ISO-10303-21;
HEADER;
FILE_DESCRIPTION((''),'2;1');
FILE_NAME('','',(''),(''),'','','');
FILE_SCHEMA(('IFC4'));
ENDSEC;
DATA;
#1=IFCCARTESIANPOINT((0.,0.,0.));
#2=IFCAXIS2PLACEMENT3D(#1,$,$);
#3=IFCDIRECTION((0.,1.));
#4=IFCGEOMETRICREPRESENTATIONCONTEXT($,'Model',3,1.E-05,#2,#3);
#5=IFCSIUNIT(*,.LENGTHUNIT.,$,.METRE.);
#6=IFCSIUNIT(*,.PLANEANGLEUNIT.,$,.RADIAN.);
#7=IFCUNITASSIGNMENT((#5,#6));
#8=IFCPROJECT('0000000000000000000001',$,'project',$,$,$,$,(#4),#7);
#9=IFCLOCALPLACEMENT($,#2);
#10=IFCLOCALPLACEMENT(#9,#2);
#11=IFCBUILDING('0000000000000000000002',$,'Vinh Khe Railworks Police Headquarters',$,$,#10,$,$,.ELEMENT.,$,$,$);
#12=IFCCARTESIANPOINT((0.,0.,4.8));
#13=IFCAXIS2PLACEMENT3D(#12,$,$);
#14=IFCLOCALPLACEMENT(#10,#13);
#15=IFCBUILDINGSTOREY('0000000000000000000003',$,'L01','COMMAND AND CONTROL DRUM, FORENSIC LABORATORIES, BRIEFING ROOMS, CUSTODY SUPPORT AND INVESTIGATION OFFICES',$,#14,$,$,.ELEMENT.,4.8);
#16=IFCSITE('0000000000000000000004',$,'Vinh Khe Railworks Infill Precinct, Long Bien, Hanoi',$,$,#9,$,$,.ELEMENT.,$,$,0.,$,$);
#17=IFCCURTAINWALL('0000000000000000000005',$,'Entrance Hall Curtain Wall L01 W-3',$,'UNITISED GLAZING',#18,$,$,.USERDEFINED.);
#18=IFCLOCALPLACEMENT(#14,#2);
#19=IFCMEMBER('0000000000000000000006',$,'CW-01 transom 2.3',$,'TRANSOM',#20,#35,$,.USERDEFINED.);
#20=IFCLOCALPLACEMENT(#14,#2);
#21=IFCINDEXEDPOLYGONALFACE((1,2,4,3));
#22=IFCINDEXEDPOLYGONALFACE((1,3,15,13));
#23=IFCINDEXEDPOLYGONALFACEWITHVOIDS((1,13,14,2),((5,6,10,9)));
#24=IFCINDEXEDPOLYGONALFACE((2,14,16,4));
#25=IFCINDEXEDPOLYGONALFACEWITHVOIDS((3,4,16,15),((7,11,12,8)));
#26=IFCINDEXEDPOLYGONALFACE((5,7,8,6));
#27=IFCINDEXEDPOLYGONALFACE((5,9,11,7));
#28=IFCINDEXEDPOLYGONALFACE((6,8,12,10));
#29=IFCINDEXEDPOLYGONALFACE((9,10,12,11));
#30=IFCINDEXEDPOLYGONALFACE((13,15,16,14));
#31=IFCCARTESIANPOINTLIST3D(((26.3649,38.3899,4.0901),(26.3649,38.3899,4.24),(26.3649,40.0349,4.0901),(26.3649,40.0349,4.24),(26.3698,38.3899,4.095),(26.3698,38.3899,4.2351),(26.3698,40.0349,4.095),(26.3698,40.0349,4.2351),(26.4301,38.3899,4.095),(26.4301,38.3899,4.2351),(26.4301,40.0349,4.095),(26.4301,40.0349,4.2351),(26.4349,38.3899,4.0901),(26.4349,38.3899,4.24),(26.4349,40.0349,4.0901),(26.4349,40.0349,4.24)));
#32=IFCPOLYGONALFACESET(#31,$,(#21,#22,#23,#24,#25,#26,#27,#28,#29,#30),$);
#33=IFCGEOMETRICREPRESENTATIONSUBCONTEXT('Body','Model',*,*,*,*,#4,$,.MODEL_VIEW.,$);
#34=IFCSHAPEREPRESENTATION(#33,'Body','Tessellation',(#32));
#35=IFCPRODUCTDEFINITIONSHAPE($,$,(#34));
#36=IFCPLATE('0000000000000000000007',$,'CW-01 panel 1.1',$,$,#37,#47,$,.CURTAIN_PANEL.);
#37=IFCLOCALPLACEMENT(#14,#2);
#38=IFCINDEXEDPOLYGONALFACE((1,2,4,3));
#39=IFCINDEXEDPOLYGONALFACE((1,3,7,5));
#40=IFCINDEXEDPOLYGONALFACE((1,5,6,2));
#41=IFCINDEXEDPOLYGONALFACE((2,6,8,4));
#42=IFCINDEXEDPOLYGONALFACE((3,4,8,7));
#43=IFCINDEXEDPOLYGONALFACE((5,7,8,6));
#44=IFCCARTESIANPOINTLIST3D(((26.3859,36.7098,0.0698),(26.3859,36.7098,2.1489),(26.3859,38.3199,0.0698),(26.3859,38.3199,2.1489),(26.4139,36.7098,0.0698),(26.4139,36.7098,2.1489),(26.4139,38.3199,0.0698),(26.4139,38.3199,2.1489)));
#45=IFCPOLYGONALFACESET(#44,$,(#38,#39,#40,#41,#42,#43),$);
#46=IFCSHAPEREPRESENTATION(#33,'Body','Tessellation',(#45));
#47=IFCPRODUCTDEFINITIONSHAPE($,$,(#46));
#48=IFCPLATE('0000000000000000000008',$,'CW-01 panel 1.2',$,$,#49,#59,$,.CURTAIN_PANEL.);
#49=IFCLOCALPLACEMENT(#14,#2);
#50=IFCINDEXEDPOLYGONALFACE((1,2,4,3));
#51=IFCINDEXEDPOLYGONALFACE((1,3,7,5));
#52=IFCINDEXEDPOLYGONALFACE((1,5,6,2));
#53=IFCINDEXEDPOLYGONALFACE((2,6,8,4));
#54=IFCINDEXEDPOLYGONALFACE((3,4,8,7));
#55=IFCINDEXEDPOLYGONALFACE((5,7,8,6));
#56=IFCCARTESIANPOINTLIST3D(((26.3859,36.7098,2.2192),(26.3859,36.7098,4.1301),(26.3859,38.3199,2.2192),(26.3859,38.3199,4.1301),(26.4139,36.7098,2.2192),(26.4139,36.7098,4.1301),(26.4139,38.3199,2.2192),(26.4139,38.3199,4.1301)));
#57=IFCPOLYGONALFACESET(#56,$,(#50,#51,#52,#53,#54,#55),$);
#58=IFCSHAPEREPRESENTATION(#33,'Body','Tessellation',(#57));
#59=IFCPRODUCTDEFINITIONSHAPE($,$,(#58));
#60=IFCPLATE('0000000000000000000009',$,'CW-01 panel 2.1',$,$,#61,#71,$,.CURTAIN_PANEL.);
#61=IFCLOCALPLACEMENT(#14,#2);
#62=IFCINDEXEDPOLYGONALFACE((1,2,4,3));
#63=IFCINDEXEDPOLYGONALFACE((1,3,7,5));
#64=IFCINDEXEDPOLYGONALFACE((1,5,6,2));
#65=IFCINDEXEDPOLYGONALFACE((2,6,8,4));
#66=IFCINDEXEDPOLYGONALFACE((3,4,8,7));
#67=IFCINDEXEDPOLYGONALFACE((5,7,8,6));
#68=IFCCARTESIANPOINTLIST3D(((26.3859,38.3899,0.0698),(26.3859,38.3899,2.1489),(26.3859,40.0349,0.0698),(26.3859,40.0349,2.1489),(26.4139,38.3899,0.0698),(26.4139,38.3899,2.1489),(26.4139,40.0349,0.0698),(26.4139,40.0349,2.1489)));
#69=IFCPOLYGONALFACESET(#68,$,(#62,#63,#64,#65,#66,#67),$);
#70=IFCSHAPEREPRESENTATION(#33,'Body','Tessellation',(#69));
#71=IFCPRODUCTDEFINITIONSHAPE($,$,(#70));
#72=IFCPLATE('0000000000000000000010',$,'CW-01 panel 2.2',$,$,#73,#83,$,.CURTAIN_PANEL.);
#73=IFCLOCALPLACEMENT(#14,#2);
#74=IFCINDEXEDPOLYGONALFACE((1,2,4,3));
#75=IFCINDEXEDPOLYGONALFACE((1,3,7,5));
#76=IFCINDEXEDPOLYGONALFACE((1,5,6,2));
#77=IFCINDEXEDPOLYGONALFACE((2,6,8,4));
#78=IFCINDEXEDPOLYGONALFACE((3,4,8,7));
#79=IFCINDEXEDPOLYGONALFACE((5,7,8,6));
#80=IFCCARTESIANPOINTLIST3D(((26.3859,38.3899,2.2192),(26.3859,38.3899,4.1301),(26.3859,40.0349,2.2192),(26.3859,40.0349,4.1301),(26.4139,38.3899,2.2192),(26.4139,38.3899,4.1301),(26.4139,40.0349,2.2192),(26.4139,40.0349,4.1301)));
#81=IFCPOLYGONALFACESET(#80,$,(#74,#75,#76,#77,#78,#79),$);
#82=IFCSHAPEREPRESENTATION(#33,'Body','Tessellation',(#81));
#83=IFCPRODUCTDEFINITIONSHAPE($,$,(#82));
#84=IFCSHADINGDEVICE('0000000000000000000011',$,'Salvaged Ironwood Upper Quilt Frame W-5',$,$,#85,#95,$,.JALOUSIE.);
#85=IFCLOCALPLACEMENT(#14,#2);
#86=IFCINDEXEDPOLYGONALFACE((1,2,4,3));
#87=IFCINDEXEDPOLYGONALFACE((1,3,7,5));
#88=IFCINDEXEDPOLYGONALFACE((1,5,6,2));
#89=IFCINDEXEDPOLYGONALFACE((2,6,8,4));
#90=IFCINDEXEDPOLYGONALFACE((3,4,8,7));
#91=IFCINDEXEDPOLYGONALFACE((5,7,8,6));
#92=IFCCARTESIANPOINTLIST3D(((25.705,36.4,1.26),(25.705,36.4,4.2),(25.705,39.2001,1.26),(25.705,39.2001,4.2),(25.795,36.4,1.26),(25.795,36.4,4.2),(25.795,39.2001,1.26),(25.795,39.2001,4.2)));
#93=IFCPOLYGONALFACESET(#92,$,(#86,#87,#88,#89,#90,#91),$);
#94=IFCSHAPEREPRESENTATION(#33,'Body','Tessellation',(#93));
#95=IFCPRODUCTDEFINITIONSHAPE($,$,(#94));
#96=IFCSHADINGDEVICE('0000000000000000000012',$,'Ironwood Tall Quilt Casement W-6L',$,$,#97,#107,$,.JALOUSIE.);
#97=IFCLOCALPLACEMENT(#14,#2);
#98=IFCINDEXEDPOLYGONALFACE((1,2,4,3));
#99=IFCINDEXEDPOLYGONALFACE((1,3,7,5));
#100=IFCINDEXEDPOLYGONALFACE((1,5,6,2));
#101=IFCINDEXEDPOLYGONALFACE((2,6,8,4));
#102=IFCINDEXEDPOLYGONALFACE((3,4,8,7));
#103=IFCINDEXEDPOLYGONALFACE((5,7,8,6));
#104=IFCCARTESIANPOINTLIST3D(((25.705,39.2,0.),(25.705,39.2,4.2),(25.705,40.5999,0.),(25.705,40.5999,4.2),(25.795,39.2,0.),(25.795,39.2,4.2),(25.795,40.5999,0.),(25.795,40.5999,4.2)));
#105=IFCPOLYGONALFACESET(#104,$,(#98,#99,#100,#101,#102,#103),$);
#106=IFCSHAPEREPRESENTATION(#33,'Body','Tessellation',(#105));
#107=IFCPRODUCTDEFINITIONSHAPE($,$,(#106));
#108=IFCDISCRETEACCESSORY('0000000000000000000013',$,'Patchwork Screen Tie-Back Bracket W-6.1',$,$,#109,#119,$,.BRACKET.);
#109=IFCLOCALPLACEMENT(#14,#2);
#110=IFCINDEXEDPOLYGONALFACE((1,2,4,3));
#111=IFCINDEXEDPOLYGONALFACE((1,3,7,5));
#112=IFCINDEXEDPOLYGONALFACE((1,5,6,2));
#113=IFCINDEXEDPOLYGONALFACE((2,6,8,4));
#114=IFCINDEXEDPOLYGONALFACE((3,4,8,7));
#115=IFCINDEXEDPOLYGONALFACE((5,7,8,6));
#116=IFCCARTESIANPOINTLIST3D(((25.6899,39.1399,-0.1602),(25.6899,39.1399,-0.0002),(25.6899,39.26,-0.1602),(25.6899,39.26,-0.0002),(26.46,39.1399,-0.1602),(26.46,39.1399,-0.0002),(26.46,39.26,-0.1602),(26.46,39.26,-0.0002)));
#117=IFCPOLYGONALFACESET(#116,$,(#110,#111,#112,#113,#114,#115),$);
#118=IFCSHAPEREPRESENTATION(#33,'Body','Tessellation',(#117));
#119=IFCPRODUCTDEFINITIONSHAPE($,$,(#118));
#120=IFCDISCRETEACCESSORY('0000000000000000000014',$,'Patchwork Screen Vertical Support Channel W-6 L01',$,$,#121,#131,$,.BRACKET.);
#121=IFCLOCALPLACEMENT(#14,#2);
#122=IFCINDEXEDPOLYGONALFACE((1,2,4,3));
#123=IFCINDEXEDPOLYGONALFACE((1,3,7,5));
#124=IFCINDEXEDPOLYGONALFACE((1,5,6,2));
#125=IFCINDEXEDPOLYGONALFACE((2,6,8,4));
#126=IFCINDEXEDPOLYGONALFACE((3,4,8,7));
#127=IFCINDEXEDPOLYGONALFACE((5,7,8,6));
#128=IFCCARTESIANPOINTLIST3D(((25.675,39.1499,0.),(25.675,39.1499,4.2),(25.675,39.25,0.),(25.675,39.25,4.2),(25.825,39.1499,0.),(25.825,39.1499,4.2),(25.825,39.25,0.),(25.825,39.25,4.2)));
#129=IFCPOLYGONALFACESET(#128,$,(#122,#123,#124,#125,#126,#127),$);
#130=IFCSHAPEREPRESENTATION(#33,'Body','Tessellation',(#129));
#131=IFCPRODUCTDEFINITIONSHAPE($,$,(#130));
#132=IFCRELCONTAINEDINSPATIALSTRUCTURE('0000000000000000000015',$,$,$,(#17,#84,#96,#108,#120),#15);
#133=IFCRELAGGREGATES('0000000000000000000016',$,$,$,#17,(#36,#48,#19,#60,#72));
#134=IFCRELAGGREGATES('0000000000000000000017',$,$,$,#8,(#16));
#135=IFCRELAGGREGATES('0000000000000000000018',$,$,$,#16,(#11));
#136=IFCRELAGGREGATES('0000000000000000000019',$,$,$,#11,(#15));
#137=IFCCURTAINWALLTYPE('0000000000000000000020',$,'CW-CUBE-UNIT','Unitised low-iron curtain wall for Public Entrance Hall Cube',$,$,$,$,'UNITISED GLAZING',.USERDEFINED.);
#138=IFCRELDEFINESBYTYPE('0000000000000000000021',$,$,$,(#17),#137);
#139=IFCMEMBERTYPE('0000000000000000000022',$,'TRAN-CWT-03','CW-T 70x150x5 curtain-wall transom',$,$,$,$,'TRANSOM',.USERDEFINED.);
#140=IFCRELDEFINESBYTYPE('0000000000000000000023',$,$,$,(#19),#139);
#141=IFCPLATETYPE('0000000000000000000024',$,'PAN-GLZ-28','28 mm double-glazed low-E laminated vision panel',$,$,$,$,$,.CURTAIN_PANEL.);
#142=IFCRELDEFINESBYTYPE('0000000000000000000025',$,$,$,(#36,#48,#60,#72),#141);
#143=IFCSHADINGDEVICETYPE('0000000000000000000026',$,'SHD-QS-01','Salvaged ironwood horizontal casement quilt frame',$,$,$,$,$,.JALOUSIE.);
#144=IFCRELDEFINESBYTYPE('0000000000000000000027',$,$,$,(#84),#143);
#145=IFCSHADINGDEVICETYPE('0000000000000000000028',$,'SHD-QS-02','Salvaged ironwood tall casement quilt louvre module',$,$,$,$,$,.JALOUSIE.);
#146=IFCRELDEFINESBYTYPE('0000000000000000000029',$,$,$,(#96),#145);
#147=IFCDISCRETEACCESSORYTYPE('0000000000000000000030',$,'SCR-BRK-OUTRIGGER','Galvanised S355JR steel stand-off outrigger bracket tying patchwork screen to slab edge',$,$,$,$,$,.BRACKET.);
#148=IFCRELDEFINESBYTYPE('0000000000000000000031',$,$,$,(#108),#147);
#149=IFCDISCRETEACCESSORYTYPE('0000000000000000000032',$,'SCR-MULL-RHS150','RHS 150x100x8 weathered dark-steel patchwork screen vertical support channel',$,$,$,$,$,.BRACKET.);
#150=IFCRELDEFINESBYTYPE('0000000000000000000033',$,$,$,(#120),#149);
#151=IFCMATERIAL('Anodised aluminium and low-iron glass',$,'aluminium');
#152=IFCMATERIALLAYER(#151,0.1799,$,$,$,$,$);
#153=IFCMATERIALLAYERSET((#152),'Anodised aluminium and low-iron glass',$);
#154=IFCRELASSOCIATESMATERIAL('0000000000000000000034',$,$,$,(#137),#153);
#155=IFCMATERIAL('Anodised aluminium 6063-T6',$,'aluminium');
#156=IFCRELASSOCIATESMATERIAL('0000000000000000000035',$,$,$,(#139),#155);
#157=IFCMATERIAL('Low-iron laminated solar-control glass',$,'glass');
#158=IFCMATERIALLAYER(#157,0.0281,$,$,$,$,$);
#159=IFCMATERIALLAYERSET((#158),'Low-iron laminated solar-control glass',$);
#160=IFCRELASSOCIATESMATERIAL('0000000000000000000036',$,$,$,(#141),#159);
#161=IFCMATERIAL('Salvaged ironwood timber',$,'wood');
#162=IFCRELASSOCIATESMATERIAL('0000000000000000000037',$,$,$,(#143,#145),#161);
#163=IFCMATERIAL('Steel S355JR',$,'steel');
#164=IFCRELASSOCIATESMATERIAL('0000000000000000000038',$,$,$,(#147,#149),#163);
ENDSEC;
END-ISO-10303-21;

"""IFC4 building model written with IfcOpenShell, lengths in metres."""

from ifc_helpers import new_model, si_unit, direction, frame, origin, origin_2d, place, context, subcontext, project, spatial, rectangle, hollow_rectangle, extrude, material, layer, layer_set, material_profile, profile_set, type_object, element, aggregate, save


model = new_model("IFC4")

# Units and contexts
model_context = context("Model", 3, precision=1e-05, world=origin(), true_north=direction((0.0, 1.0)))
body_context = subcontext(model_context, "Body", "Model", "MODEL_VIEW")
ifc_project = project(units=[si_unit("LENGTHUNIT", "METRE"), si_unit("PLANEANGLEUNIT", "RADIAN")], contexts=[model_context])

# Site, building, storey
site_placement = place(None, origin())
site = spatial("IfcSite", under=ifc_project, at=site_placement, Name="Vinh Khe Railworks Infill Precinct, Long Bien, Hanoi", CompositionType="ELEMENT", RefElevation=0.0)
building_placement = place(site_placement, origin())
building = spatial("IfcBuilding", under=site, at=building_placement, Name="Vinh Khe Railworks Police Headquarters", CompositionType="ELEMENT")
storey_placement = place(building_placement, frame((0.0, 0.0, 4.8)))
storey = spatial("IfcBuildingStorey", under=building, at=storey_placement, Name="L01", Description="COMMAND AND CONTROL DRUM, FORENSIC LABORATORIES, BRIEFING ROOMS, CUSTODY SUPPORT AND INVESTIGATION OFFICES", CompositionType="ELEMENT", Elevation=4.8)

# Shared definitions
ifc_material_1 = material(Name="Steel S355JR", Category="steel")

# Shared definitions
ifc_material_2 = material(Name="Salvaged ironwood timber", Category="wood")

# Curtain wall, member, plates
ifc_material_3 = material(Name="Anodised aluminium and low-iron glass", Category="aluminium")
ifc_layer_1 = layer(ifc_material_3, 0.1799)
ifc_layer_set_1 = layer_set([ifc_layer_1], Name="Anodised aluminium and low-iron glass")
curtain_wall_type = type_object("IfcCurtainWallType", Name="CW-CUBE-UNIT", Description="Unitised low-iron curtain wall for Public Entrance Hall Cube", ElementType="UNITISED GLAZING", PredefinedType="USERDEFINED", material=ifc_layer_set_1)
curtain_wall_placement = place(storey_placement, origin())
curtain_wall = element("IfcCurtainWall", 1, at=curtain_wall_placement, inside=storey, type_object=curtain_wall_type, Name="Entrance Hall Curtain Wall L01 W-3", ObjectType="UNITISED GLAZING", PredefinedType="USERDEFINED")
ifc_material_4 = material(Name="Anodised aluminium 6063-T6", Category="aluminium")
ifc_material_profile_1 = material_profile(ifc_material_4, hollow_rectangle(XDim=0.0701, YDim=0.1499, WallThickness=0.0049, at=origin_2d()), Name="CW-T 70x150x5")
ifc_profile_set_1 = profile_set([ifc_material_profile_1], Name="Anodised aluminium 6063-T6")
member_type_1 = type_object("IfcMemberType", Name="TRAN-CWT-03", Description="CW-T 70x150x5 curtain-wall transom", ElementType="TRANSOM", PredefinedType="USERDEFINED", material=ifc_profile_set_1)
member_1_placement = place(storey_placement, frame((26.3999, 38.3899, 4.165), z_axis=(0.0, 1.0, 0.0), x_axis=(-1.0, 0.0, 0.0)))
member_1 = element("IfcMember", 2, at=member_1_placement, type_object=member_type_1, Name="CW-01 transom 2.3", ObjectType="TRANSOM", PredefinedType="USERDEFINED", context=body_context, shape_type="SweptSolid", body=[
    extrude(hollow_rectangle(XDim=0.0701, YDim=0.1499, WallThickness=0.0049, at=origin_2d()), origin(), (0.0, 0.0, 1.0), 1.645),
])
ifc_material_5 = material(Name="Low-iron laminated solar-control glass", Category="glass")
ifc_layer_2 = layer(ifc_material_5, 0.0281)
ifc_layer_set_2 = layer_set([ifc_layer_2], Name="Low-iron laminated solar-control glass")
plate_type = type_object("IfcPlateType", Name="PAN-GLZ-28", Description="28 mm double-glazed low-E laminated vision panel", PredefinedType="CURTAIN_PANEL", material=ifc_layer_set_2)
plate_1_placement = place(storey_placement, frame((26.3999, 37.5149, 0.0698), z_axis=(0.0, 0.0, 1.0), x_axis=(0.0, 1.0, 0.0)))
plate_1 = element("IfcPlate", 3, at=plate_1_placement, type_object=plate_type, Name="CW-01 panel 1.1", PredefinedType="CURTAIN_PANEL", context=body_context, shape_type="SweptSolid", body=[
    extrude(rectangle(XDim=1.6101, YDim=0.0281, at=origin_2d()), origin(), (0.0, 0.0, 1.0), 2.0791),
])
plate_2_placement = place(storey_placement, frame((26.3999, 37.5149, 2.2192), z_axis=(0.0, 0.0, 1.0), x_axis=(0.0, 1.0, 0.0)))
plate_2 = element("IfcPlate", 4, at=plate_2_placement, type_object=plate_type, Name="CW-01 panel 1.2", PredefinedType="CURTAIN_PANEL", context=body_context, shape_type="SweptSolid", body=[
    extrude(rectangle(XDim=1.6101, YDim=0.0281, at=origin_2d()), origin(), (0.0, 0.0, 1.0), 1.9109),
])
plate_3_placement = place(storey_placement, frame((26.3999, 39.2124, 0.0698), z_axis=(0.0, 0.0, 1.0), x_axis=(0.0, 1.0, 0.0)))
plate_3 = element("IfcPlate", 5, at=plate_3_placement, type_object=plate_type, Name="CW-01 panel 2.1", PredefinedType="CURTAIN_PANEL", context=body_context, shape_type="SweptSolid", body=[
    extrude(rectangle(XDim=1.645, YDim=0.0281, at=origin_2d()), origin(), (0.0, 0.0, 1.0), 2.0791),
])
plate_4_placement = place(storey_placement, frame((26.3999, 39.2124, 2.2192), z_axis=(0.0, 0.0, 1.0), x_axis=(0.0, 1.0, 0.0)))
plate_4 = element("IfcPlate", 6, at=plate_4_placement, type_object=plate_type, Name="CW-01 panel 2.2", PredefinedType="CURTAIN_PANEL", context=body_context, shape_type="SweptSolid", body=[
    extrude(rectangle(XDim=1.645, YDim=0.0281, at=origin_2d()), origin(), (0.0, 0.0, 1.0), 1.9109),
])
aggregate(curtain_wall, [plate_1, plate_2, member_1, plate_3, plate_4])

# Shading devices
shading_device_type_1 = type_object("IfcShadingDeviceType", Name="SHD-QS-01", Description="Salvaged ironwood horizontal casement quilt frame", PredefinedType="JALOUSIE", material=ifc_material_2)
shading_device_1_placement = place(storey_placement, frame((25.75, 37.8, 1.26), z_axis=(0.0, 0.0, 1.0), x_axis=(0.0, 1.0, 0.0)))
element("IfcShadingDevice", 7, at=shading_device_1_placement, inside=storey, type_object=shading_device_type_1, Name="Salvaged Ironwood Upper Quilt Frame W-5", PredefinedType="JALOUSIE", context=body_context, shape_type="SweptSolid", body=[
    extrude(rectangle(XDim=2.8, YDim=0.0901, at=origin_2d()), origin(), (0.0, 0.0, 1.0), 2.9399),
])
shading_device_type_2 = type_object("IfcShadingDeviceType", Name="SHD-QS-02", Description="Salvaged ironwood tall casement quilt louvre module", PredefinedType="JALOUSIE", material=ifc_material_2)
shading_device_2_placement = place(storey_placement, frame((25.75, 39.8999, 0.0), z_axis=(0.0, 0.0, 1.0), x_axis=(0.0, 1.0, 0.0)))
element("IfcShadingDevice", 8, at=shading_device_2_placement, inside=storey, type_object=shading_device_type_2, Name="Ironwood Tall Quilt Casement W-6L", PredefinedType="JALOUSIE", context=body_context, shape_type="SweptSolid", body=[
    extrude(rectangle(XDim=1.3999, YDim=0.0901, at=origin_2d()), origin(), (0.0, 0.0, 1.0), 4.2),
])

# Discrete accessories
discrete_accessory_type_1 = type_object("IfcDiscreteAccessoryType", Name="SCR-BRK-OUTRIGGER", Description="Galvanised S355JR steel stand-off outrigger bracket tying patchwork screen to slab edge", PredefinedType="BRACKET", material=ifc_material_1)
discrete_accessory_1_placement = place(storey_placement, frame((26.075, 39.2, -0.1602), z_axis=(0.0, 0.0, 1.0), x_axis=(1.0, 0.0, 0.0)))
element("IfcDiscreteAccessory", 9, at=discrete_accessory_1_placement, inside=storey, type_object=discrete_accessory_type_1, Name="Patchwork Screen Tie-Back Bracket W-6.1", PredefinedType="BRACKET", context=body_context, shape_type="SweptSolid", body=[
    extrude(rectangle(XDim=0.77, YDim=0.1201, at=origin_2d()), origin(), (0.0, 0.0, 1.0), 0.1599),
])
discrete_accessory_type_2 = type_object("IfcDiscreteAccessoryType", Name="SCR-MULL-RHS150", Description="RHS 150x100x8 weathered dark-steel patchwork screen vertical support channel", PredefinedType="BRACKET", material=ifc_material_1)
discrete_accessory_2_placement = place(storey_placement, frame((25.75, 39.2, 0.0), z_axis=(0.0, 0.0, 1.0), x_axis=(1.0, 0.0, 0.0)))
element("IfcDiscreteAccessory", 10, at=discrete_accessory_2_placement, inside=storey, type_object=discrete_accessory_type_2, Name="Patchwork Screen Vertical Support Channel W-6 L01", PredefinedType="BRACKET", context=body_context, shape_type="SweptSolid", body=[
    extrude(rectangle(XDim=0.1499, YDim=0.1001, at=origin_2d()), origin(), (0.0, 0.0, 1.0), 4.2),
])

save(model, "model.ifc")
